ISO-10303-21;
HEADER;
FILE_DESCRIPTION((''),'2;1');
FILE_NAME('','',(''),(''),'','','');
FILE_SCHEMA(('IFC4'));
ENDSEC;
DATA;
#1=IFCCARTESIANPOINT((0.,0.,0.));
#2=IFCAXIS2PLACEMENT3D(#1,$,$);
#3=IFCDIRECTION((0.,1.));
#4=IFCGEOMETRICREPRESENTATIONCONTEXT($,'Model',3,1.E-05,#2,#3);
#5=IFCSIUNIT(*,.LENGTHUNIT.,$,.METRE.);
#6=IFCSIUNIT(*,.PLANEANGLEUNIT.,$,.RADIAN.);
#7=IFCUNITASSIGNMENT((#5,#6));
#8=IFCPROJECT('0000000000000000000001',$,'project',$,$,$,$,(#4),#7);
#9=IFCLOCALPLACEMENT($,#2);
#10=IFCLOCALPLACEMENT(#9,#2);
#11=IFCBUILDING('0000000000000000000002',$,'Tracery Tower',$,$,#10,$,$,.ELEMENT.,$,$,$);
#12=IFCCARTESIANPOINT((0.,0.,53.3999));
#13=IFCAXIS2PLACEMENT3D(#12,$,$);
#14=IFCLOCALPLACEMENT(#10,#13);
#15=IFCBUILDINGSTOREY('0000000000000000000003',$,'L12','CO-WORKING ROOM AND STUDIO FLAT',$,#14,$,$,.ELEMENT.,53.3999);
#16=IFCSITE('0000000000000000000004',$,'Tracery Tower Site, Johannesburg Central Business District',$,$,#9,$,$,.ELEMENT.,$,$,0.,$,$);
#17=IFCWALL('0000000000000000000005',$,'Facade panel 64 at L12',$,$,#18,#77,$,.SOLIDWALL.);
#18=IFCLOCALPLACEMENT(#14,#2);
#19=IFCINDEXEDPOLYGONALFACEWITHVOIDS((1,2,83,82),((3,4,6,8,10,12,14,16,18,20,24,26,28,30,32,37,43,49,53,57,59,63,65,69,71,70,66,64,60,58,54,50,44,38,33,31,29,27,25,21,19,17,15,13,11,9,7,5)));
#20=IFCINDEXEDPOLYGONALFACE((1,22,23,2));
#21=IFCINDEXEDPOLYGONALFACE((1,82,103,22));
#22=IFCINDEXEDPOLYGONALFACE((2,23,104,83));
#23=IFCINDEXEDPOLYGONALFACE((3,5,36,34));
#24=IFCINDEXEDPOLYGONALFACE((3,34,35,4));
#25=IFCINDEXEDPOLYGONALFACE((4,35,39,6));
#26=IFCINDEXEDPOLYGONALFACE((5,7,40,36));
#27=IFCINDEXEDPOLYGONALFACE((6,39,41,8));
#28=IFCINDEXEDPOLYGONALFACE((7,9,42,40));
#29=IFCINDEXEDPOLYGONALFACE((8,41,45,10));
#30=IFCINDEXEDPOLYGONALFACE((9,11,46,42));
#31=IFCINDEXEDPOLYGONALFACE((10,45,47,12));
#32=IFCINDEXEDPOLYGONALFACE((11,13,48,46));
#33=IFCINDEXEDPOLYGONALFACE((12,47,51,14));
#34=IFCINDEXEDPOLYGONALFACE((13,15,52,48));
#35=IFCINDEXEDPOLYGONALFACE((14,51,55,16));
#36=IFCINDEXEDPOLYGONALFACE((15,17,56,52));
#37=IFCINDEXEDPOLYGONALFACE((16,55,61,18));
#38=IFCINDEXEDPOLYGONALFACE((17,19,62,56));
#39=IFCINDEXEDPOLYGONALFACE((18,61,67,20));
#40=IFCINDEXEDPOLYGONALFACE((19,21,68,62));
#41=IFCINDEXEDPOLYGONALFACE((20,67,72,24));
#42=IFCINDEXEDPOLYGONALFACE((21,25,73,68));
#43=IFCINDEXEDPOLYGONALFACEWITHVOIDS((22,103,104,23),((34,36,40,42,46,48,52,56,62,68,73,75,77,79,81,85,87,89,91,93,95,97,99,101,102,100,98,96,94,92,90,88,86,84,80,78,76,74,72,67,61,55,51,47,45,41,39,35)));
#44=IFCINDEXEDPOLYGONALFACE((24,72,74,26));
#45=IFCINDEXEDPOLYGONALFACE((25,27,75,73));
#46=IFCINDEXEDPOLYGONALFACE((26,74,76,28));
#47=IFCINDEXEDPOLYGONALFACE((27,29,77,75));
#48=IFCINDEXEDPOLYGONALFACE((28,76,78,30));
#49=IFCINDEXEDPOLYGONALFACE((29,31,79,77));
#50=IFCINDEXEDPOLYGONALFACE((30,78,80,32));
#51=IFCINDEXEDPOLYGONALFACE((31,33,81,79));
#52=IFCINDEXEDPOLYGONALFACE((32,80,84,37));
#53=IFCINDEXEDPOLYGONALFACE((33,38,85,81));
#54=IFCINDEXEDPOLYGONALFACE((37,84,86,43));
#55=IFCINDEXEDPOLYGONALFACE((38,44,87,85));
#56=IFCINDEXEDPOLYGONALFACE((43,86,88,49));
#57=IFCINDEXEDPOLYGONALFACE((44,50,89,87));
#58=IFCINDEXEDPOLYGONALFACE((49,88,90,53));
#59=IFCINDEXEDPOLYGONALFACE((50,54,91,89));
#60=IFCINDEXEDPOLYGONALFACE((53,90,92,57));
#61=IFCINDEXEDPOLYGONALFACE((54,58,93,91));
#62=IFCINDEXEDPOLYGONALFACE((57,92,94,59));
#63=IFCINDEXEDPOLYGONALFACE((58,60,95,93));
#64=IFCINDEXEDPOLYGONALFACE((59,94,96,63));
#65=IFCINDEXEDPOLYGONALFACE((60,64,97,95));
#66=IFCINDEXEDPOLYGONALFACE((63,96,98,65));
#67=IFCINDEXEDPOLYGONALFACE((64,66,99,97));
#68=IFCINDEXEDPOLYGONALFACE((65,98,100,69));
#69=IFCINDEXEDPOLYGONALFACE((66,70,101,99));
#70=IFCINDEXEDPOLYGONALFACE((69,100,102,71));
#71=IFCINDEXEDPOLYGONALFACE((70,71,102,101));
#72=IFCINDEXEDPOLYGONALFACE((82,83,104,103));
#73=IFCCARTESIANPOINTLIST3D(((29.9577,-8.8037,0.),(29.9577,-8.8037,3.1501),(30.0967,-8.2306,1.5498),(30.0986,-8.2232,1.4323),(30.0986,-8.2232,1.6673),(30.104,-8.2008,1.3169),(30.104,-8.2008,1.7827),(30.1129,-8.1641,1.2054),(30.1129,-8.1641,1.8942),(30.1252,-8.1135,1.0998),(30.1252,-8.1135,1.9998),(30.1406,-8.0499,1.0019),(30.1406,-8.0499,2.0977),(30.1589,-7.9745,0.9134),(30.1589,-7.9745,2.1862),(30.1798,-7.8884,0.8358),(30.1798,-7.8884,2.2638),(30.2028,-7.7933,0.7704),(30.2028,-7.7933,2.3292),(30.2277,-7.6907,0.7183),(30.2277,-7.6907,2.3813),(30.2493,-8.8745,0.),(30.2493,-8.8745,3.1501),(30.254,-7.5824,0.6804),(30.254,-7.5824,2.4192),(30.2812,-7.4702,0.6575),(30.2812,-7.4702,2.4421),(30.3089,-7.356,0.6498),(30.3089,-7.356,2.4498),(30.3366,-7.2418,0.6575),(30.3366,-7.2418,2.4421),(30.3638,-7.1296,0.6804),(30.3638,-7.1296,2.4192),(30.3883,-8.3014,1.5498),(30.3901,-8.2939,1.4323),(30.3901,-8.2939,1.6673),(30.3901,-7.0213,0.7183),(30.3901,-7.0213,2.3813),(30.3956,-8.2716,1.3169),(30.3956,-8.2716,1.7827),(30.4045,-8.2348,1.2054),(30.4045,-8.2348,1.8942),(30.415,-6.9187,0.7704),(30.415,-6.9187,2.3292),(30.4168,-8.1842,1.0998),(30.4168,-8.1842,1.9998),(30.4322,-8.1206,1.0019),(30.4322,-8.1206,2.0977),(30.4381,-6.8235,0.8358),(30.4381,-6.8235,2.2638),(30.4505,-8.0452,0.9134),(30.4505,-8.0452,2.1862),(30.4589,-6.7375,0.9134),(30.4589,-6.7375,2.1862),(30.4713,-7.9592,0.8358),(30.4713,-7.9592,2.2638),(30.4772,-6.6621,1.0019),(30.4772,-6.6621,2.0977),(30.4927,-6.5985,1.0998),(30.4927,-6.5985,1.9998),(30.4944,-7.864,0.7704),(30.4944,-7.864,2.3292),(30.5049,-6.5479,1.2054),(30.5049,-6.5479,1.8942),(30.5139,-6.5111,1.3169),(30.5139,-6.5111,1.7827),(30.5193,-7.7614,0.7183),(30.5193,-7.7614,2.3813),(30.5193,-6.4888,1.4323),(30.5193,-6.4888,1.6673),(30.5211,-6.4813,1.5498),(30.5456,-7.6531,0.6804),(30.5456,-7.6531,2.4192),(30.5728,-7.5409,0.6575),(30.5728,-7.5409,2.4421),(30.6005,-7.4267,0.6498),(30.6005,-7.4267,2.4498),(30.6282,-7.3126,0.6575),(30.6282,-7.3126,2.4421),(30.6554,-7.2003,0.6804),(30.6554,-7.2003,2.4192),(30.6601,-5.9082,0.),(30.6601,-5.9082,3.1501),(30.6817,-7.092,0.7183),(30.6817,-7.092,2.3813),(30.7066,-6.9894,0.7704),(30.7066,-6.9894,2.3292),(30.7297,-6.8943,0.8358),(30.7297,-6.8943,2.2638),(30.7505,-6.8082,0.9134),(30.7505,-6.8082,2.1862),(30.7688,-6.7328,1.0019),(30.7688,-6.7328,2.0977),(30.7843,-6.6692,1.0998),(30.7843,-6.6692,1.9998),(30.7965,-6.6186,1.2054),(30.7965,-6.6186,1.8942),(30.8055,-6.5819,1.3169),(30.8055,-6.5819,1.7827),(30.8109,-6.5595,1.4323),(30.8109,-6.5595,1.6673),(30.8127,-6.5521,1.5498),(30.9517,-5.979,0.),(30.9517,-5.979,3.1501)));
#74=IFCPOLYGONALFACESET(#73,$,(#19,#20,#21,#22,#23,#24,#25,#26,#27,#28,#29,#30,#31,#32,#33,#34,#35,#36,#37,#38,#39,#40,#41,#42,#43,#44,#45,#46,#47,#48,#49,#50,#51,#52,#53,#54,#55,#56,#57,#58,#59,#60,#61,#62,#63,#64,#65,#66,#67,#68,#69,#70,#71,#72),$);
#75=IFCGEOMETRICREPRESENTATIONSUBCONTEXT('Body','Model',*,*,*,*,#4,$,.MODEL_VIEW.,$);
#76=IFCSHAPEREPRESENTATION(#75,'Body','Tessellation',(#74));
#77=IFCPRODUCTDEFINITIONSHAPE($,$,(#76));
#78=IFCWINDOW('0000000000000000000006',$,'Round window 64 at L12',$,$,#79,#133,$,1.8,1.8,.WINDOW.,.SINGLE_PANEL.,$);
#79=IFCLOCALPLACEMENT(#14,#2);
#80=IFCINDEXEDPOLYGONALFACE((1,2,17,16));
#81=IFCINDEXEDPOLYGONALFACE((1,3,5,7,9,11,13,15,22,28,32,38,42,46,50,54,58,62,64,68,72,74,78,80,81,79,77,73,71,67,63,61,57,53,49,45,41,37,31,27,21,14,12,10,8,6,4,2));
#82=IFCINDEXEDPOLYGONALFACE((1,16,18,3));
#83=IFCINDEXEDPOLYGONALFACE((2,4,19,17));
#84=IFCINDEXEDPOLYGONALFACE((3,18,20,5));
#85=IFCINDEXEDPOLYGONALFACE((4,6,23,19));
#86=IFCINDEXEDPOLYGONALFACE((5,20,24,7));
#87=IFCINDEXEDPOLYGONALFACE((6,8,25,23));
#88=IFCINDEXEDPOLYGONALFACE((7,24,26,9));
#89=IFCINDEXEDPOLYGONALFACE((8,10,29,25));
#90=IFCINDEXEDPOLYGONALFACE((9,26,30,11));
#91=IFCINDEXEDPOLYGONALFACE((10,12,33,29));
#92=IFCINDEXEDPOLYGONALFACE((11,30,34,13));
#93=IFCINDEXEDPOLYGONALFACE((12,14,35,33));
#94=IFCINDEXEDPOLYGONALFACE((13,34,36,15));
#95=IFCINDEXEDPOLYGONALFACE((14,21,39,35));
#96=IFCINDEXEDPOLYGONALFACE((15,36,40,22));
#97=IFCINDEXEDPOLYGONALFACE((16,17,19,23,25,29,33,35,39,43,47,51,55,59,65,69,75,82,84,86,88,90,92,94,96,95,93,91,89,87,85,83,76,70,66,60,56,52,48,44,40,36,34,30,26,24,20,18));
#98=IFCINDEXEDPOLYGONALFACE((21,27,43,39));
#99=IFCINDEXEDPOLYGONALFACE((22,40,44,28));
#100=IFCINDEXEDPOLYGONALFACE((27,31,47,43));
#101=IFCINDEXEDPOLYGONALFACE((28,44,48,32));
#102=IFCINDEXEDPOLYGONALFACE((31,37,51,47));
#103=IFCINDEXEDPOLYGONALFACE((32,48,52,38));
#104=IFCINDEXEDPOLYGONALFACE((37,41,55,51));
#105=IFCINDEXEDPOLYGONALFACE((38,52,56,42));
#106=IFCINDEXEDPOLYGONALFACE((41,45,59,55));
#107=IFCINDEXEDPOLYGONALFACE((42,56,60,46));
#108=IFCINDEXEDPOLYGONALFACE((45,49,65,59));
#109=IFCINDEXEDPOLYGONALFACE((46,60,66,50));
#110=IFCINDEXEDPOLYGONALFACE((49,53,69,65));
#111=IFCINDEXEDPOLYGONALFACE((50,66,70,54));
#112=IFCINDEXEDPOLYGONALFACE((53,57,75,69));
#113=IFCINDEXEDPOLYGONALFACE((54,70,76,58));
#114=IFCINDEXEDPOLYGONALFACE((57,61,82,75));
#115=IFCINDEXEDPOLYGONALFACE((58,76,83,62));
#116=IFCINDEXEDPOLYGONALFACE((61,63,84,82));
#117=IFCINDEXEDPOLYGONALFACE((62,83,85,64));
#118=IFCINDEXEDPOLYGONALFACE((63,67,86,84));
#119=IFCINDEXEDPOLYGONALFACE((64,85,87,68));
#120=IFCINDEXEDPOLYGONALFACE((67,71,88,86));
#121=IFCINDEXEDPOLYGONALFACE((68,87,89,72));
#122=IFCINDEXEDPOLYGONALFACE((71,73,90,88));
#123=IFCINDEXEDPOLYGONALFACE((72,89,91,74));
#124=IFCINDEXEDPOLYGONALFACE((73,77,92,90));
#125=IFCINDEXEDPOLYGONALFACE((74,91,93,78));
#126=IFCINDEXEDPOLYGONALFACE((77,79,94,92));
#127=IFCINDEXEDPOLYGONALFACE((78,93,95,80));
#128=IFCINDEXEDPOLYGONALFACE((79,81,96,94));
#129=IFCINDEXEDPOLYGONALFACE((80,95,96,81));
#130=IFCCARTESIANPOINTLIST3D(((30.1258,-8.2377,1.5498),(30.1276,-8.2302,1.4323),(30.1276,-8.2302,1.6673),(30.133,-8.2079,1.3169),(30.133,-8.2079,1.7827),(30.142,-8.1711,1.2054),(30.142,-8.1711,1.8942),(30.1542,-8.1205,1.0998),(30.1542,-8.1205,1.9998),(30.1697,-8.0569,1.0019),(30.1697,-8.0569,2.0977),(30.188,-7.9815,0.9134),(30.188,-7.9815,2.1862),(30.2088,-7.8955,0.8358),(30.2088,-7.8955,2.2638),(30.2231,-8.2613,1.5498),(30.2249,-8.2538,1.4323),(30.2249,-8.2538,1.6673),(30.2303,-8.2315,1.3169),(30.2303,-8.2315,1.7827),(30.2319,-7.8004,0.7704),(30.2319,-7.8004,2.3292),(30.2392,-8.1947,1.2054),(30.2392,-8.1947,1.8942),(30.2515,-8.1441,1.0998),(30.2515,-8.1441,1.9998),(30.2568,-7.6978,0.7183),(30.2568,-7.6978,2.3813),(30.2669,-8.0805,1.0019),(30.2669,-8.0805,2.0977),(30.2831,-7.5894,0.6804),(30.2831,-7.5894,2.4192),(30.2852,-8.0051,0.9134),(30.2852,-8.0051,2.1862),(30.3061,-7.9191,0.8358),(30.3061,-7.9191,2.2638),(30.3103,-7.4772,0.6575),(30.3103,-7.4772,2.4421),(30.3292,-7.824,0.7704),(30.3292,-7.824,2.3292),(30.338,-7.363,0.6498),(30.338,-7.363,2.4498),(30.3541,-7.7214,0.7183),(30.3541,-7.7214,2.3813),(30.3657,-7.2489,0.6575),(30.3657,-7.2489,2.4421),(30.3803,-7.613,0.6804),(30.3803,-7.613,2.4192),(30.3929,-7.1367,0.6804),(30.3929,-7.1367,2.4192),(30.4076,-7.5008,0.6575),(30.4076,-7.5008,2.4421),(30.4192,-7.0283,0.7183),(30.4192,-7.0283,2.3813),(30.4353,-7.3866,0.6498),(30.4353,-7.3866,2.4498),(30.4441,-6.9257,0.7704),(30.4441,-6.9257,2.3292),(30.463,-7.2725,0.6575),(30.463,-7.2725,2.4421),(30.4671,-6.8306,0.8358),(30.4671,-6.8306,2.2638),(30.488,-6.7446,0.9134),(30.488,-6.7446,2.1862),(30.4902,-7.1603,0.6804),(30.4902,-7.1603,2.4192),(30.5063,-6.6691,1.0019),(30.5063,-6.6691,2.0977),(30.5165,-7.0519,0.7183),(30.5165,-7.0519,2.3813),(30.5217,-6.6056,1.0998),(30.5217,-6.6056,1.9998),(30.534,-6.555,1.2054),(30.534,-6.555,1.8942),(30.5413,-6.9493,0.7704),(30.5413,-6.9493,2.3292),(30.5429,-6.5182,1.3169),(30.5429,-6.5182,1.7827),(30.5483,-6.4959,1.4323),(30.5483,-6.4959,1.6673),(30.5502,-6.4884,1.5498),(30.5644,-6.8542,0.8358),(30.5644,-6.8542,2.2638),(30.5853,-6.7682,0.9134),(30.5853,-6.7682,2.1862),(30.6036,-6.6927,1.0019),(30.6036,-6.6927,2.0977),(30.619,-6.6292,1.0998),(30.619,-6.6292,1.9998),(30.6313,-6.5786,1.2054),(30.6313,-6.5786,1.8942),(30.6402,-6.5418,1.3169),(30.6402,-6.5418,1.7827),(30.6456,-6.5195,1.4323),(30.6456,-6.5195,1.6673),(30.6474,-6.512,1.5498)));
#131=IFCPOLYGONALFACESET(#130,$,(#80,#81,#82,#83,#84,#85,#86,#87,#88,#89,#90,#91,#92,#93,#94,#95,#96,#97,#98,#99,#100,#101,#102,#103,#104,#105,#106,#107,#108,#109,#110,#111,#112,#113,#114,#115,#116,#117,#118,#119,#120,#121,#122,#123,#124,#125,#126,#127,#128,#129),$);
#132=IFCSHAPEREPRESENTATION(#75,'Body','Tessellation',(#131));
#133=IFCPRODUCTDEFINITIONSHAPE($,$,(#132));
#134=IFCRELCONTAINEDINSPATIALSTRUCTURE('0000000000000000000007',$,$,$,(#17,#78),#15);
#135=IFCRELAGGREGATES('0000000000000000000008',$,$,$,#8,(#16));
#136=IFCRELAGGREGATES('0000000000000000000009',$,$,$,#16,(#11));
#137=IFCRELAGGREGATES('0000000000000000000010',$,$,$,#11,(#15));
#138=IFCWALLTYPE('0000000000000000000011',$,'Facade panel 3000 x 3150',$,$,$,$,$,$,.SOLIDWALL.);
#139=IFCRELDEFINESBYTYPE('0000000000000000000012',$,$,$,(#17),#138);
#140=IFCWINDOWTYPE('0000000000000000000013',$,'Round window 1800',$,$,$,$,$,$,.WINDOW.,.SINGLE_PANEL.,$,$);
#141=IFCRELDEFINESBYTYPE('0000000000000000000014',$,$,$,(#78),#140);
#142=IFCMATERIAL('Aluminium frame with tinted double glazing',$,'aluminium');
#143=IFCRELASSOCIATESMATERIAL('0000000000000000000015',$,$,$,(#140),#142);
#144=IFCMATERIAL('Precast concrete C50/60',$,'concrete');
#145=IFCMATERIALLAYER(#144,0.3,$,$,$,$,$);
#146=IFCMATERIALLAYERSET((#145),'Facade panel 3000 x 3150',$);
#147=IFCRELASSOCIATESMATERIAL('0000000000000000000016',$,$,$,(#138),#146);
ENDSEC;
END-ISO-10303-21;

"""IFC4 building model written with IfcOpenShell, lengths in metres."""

from ifc_helpers import new_model, si_unit, direction, frame, frame_2d, origin, origin_2d, place, context, subcontext, project, spatial, rectangle, circle, extrude, material, layer, layer_set, type_object, element, fill, save


model = new_model("IFC4")

# Units and contexts
model_context = context("Model", 3, precision=1e-05, world=origin(), true_north=direction((0.0, 1.0)))
body_context = subcontext(model_context, "Body", "Model", "MODEL_VIEW")
ifc_project = project(units=[si_unit("LENGTHUNIT", "METRE"), si_unit("PLANEANGLEUNIT", "RADIAN")], contexts=[model_context])

# Site, building, storey
site_placement = place(None, origin())
site = spatial("IfcSite", under=ifc_project, at=site_placement, Name="Tracery Tower Site, Johannesburg Central Business District", CompositionType="ELEMENT", RefElevation=0.0)
building_placement = place(site_placement, origin())
building = spatial("IfcBuilding", under=site, at=building_placement, Name="Tracery Tower", CompositionType="ELEMENT")
storey_placement = place(building_placement, frame((0.0, 0.0, 53.3999)))
storey = spatial("IfcBuildingStorey", under=building, at=storey_placement, Name="L12", Description="CO-WORKING ROOM AND STUDIO FLAT", CompositionType="ELEMENT", Elevation=53.3999)

# Wall, opening, window
ifc_material_1 = material(Name="Aluminium frame with tinted double glazing", Category="aluminium")
window_type = type_object("IfcWindowType", Name="Round window 1800", PartitioningType="SINGLE_PANEL", PredefinedType="WINDOW", material=ifc_material_1)
ifc_material_2 = material(Name="Precast concrete C50/60", Category="concrete")
ifc_layer_1 = layer(ifc_material_2, 0.3)
ifc_layer_set_1 = layer_set([ifc_layer_1], Name="Facade panel 3000 x 3150")
wall_type_1 = type_object("IfcWallType", Name="Facade panel 3000 x 3150", PredefinedType="SOLIDWALL", material=ifc_layer_set_1)
wall_1_placement = place(storey_placement, frame((30.1035, -8.8391, 0.0), z_axis=(0.0, 0.0, 1.0), x_axis=(0.235743, 0.971815, 0.0)))
wall_1 = element("IfcWall", 1, at=wall_1_placement, inside=storey, type_object=wall_type_1, Name="Facade panel 64 at L12", PredefinedType="SOLIDWALL", context=body_context, shape_type="SweptSolid", body=[
    extrude(rectangle(XDim=2.9795, YDim=0.3, at=frame_2d((1.4897, 0.0))), origin(), (0.0, 0.0, 1.0), 3.1501),
])
opening_1_placement = place(wall_1_placement, frame((1.4897, 0.0, 1.5498)))
opening_1 = element("IfcOpeningElement", 2, at=opening_1_placement, cuts=wall_1, PredefinedType="OPENING", context=body_context, shape_type="SweptSolid", body=[
    extrude(circle(Radius=0.9, at=origin_2d()), frame((0.0, 0.1599, 0.0), z_axis=(0.0, -1.0, 0.0), x_axis=(1.0, 0.0, 0.0)), (0.0, 0.0, 1.0), 0.3201),
])
window_1_placement = place(opening_1_placement, origin())
window_1 = element("IfcWindow", 3, at=window_1_placement, inside=storey, type_object=window_type, Name="Round window 64 at L12", OverallHeight=1.8, OverallWidth=1.8, PartitioningType="SINGLE_PANEL", PredefinedType="WINDOW", context=body_context, shape_type="SweptSolid", body=[
    extrude(circle(Radius=0.9, at=origin_2d()), frame((0.0, 0.1201, 0.0), z_axis=(0.0, -1.0, 0.0), x_axis=(1.0, 0.0, 0.0)), (0.0, 0.0, 1.0), 0.1001),
])
fill(opening_1, window_1)

save(model, "model.ifc")
